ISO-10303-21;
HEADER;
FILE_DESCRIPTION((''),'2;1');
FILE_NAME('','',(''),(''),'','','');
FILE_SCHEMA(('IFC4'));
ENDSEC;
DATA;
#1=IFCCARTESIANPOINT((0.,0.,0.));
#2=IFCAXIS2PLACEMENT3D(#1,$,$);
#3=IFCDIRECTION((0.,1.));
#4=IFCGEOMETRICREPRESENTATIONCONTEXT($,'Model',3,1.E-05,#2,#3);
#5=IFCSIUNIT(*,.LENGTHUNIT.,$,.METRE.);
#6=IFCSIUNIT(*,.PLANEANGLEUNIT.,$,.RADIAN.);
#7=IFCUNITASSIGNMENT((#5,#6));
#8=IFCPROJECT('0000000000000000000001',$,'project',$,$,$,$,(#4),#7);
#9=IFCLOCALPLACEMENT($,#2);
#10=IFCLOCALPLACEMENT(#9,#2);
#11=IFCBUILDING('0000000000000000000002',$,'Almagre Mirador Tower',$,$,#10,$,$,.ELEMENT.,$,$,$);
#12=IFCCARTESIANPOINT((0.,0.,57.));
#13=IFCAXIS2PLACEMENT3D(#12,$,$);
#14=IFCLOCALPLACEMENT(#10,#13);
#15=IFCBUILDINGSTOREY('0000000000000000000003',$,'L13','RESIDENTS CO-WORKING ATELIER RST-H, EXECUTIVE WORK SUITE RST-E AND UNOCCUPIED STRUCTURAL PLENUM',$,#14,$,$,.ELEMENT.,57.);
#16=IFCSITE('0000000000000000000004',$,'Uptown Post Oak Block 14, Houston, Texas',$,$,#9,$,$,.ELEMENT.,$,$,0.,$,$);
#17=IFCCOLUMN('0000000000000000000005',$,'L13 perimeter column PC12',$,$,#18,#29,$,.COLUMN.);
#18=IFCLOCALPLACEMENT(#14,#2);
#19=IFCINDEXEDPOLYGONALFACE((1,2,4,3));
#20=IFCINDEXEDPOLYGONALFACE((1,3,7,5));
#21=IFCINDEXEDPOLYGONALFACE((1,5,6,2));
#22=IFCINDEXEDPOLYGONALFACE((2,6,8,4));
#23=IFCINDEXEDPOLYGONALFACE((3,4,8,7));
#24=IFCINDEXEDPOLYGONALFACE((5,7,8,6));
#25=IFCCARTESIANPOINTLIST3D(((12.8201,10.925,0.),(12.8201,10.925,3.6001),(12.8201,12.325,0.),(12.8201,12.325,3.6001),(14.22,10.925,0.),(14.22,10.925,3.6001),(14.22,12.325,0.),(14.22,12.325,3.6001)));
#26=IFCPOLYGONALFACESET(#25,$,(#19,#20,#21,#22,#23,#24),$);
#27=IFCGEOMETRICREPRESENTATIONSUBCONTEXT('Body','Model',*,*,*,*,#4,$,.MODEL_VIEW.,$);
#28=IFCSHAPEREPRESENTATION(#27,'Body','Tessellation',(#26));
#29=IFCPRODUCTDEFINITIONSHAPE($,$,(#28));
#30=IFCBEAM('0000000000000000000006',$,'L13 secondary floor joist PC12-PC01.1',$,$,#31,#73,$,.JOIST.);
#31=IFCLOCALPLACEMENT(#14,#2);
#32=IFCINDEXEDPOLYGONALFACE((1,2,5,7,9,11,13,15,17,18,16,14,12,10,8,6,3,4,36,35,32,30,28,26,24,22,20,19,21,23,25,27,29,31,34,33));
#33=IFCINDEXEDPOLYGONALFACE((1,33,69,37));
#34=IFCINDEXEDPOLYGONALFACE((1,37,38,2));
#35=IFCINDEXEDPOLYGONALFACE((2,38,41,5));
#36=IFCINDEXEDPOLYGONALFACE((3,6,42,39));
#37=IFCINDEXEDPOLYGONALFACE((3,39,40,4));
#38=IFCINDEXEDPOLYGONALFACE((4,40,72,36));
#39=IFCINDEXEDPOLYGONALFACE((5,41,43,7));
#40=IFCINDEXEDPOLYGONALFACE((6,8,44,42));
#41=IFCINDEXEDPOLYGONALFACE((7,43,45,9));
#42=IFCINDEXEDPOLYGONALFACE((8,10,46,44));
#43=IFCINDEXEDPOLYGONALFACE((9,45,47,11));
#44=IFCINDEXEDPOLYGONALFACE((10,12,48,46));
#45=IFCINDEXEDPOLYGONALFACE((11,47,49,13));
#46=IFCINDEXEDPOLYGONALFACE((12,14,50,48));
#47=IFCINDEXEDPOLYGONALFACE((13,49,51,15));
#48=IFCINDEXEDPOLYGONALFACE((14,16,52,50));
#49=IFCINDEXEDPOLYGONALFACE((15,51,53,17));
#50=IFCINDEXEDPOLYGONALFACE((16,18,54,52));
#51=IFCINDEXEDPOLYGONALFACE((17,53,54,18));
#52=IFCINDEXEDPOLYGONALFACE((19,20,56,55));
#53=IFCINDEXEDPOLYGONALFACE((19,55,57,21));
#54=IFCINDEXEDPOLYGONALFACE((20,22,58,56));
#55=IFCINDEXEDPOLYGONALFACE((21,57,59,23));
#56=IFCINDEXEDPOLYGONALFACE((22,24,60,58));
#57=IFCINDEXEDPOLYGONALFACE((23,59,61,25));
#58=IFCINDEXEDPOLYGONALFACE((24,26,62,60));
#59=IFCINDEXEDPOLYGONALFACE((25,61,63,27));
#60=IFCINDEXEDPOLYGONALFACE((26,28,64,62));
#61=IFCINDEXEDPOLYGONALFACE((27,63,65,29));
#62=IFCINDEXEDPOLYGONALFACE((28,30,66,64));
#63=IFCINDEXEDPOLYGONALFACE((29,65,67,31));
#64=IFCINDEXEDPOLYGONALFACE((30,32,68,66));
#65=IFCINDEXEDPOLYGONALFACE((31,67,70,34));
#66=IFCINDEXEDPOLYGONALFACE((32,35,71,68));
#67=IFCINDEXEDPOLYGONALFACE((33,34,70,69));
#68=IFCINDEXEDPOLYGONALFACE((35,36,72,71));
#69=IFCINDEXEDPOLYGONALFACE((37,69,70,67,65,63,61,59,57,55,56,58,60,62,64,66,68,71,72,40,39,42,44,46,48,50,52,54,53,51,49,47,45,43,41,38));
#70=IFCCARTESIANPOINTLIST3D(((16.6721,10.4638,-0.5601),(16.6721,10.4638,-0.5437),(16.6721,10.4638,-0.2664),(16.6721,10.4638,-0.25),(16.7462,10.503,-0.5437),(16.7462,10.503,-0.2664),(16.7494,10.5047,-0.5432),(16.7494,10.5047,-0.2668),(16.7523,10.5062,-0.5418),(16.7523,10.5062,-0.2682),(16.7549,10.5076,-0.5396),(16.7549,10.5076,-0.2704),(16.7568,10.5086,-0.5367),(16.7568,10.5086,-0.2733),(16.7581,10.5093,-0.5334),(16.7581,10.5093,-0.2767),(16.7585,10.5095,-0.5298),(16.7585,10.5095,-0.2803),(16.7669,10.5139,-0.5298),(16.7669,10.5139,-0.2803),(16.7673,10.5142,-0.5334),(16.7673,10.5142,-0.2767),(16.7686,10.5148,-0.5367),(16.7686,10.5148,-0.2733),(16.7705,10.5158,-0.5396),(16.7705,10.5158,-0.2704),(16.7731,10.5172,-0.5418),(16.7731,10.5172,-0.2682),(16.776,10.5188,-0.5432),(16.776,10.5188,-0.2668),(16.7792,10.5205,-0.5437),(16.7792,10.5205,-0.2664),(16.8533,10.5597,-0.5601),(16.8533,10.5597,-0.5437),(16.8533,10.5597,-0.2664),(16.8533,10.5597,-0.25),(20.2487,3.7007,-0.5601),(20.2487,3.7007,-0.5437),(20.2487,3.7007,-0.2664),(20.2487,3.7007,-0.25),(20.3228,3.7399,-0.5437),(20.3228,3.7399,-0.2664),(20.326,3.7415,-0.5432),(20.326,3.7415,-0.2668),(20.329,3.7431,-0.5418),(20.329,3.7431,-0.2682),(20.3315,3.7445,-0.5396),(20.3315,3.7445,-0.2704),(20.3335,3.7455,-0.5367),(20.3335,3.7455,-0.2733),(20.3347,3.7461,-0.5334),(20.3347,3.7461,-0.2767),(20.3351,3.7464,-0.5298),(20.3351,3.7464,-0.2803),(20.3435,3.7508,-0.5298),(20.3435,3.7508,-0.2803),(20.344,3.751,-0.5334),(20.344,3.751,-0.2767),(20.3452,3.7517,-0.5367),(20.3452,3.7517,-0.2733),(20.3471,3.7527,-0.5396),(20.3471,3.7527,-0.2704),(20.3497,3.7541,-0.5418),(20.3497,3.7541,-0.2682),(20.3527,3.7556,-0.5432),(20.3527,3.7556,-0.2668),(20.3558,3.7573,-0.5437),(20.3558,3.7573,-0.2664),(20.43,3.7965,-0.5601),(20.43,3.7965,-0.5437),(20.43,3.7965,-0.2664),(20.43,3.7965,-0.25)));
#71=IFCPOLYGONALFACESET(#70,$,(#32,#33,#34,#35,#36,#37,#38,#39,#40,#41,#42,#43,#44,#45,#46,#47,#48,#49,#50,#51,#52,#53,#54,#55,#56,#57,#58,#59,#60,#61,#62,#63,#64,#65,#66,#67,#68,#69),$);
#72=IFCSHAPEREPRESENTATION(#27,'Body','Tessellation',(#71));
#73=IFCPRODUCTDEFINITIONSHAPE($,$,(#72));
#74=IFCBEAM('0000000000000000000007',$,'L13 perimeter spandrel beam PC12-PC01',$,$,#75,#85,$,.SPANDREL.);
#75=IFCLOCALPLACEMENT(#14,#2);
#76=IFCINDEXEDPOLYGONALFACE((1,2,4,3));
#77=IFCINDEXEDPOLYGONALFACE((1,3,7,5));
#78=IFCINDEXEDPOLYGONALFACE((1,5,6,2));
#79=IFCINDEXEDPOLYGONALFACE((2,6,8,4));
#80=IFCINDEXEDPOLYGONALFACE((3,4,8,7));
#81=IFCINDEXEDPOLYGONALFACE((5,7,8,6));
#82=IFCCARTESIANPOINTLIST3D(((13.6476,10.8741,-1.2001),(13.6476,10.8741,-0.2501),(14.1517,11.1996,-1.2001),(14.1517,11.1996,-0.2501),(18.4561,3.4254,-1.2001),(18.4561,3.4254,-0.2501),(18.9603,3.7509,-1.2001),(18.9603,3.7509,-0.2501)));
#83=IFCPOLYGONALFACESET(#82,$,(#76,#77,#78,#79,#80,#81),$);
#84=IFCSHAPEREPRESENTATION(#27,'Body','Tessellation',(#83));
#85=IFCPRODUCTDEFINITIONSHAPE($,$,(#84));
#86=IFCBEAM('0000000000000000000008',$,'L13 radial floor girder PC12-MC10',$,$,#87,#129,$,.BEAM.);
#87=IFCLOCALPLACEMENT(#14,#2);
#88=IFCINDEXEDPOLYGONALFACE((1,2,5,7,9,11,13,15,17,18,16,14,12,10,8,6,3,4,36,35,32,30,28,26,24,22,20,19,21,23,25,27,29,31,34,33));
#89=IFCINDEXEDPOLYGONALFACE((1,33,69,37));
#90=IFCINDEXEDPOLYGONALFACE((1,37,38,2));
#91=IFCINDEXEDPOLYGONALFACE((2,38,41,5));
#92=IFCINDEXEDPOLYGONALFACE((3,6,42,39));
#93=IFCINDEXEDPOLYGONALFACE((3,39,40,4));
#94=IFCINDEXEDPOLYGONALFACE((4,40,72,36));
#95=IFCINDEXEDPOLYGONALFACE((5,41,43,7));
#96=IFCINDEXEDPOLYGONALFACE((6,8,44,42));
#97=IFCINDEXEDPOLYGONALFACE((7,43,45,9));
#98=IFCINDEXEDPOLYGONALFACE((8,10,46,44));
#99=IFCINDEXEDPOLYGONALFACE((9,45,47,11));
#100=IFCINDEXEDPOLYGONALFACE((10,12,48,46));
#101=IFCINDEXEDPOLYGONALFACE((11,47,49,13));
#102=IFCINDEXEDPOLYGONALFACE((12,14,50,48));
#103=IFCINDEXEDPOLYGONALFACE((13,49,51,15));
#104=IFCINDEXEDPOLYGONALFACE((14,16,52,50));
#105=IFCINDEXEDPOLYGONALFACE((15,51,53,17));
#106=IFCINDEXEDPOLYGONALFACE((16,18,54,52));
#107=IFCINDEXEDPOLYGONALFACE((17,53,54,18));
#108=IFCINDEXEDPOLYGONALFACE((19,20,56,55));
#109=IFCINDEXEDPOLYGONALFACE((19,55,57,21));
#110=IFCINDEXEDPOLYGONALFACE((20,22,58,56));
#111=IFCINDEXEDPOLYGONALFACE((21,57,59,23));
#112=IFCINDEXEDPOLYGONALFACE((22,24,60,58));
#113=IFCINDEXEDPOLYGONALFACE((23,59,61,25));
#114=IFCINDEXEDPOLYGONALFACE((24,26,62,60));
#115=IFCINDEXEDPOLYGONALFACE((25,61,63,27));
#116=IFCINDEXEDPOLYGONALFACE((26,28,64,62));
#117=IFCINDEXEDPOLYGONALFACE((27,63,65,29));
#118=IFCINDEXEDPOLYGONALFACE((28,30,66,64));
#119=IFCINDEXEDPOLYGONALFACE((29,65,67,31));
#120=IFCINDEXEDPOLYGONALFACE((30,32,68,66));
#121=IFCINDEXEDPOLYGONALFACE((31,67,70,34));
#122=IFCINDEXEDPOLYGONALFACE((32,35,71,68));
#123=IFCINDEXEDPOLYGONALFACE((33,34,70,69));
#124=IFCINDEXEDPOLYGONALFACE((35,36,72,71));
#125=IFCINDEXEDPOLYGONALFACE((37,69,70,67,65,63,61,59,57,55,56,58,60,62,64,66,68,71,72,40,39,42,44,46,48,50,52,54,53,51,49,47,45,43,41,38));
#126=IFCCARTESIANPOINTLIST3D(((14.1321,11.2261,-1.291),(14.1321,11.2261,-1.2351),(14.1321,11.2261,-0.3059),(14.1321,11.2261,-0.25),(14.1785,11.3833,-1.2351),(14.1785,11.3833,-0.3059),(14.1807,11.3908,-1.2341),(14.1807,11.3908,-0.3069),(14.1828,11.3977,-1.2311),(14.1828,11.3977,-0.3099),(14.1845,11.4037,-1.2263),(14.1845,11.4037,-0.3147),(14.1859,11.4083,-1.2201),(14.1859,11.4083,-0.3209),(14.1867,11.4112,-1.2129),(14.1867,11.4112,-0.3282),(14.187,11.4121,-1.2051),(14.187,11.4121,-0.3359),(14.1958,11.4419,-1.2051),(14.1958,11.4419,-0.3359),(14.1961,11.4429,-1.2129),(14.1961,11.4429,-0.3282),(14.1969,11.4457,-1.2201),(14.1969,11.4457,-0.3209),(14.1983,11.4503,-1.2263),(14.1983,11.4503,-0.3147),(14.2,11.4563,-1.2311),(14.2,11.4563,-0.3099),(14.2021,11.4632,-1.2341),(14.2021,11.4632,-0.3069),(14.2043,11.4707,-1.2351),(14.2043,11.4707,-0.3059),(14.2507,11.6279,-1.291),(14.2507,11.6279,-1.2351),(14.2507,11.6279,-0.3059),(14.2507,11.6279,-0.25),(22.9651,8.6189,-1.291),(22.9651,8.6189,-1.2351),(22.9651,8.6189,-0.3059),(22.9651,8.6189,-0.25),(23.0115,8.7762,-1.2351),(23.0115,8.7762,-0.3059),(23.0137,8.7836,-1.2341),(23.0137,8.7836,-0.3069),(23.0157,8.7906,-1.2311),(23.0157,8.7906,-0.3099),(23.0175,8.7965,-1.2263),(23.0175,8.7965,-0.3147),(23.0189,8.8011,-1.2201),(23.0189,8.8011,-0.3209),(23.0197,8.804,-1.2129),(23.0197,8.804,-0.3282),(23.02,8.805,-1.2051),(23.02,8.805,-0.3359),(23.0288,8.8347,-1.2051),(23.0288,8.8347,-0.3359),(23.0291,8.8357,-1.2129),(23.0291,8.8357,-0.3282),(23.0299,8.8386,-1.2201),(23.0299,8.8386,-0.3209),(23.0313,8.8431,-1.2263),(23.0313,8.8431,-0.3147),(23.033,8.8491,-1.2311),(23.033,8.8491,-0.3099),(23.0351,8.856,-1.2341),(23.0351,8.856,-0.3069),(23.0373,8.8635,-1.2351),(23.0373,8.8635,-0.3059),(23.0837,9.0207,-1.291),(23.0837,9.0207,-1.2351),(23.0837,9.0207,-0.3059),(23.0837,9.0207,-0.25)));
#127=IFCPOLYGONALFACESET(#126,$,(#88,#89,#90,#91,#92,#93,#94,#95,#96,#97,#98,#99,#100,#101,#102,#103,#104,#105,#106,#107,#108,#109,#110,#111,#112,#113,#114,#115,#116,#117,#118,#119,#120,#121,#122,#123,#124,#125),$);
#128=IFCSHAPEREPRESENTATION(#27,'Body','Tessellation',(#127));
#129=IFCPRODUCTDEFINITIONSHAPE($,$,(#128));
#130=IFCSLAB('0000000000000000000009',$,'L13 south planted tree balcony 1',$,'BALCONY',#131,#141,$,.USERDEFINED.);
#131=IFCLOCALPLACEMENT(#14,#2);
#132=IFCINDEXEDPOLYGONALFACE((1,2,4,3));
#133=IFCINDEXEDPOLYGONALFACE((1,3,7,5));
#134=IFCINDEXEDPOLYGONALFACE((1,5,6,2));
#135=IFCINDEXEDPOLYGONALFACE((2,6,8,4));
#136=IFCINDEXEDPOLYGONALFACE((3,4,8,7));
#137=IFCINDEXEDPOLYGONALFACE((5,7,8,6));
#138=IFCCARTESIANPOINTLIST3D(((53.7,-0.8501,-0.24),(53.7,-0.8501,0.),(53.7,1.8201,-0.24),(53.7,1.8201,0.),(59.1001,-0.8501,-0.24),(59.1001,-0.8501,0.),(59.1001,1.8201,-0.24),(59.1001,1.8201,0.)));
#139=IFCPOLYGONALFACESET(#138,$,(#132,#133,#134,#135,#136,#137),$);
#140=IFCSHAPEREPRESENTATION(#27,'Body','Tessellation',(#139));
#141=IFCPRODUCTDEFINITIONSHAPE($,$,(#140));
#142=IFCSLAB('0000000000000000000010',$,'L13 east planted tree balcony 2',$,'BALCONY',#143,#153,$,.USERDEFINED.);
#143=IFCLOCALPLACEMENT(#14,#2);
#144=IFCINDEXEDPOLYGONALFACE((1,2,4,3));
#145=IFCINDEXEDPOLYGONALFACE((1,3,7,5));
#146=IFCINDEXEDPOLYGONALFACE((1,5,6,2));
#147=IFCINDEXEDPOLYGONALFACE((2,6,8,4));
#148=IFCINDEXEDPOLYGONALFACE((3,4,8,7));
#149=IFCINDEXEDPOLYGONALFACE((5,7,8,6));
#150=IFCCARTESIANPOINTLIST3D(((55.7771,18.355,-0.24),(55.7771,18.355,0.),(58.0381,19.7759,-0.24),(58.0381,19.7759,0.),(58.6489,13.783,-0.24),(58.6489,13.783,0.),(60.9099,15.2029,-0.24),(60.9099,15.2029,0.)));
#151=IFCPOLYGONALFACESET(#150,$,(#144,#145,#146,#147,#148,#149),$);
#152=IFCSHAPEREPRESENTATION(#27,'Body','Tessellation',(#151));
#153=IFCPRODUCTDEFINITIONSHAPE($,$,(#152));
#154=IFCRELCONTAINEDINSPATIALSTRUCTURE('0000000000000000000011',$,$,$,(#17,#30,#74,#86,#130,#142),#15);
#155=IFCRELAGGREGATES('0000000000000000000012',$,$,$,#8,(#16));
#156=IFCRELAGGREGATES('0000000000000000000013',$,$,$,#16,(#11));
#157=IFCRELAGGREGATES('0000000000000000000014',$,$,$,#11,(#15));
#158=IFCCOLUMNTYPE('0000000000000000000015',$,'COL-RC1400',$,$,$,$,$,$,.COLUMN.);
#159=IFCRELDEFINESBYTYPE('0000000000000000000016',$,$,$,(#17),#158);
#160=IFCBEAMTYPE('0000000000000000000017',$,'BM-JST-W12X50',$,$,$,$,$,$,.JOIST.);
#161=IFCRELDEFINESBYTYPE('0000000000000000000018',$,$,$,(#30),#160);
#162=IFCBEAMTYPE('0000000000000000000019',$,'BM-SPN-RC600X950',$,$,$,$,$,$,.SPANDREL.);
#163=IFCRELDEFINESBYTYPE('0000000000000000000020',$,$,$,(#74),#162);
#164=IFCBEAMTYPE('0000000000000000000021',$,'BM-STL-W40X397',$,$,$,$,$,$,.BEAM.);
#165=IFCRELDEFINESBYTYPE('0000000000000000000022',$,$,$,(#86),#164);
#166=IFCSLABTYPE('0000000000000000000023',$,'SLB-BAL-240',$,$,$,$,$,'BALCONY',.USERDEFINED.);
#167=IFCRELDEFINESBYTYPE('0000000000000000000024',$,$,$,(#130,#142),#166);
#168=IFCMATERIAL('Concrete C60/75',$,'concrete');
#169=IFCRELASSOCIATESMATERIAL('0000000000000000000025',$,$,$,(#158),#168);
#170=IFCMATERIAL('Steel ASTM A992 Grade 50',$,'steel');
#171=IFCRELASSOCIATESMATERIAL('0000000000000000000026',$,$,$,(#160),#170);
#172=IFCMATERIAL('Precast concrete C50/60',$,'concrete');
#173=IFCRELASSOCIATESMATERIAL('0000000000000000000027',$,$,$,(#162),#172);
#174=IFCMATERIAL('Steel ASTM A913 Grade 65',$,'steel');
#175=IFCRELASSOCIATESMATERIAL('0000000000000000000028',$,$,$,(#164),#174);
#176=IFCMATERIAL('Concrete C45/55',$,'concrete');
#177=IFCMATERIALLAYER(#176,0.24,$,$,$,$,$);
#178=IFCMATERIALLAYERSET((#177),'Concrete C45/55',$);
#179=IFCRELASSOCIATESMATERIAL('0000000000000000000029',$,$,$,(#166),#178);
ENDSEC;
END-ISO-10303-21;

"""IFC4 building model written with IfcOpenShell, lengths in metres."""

from ifc_helpers import new_model, si_unit, direction, frame, origin, origin_2d, place, context, subcontext, project, spatial, polyline, rectangle, i_section, outline, extrude, material, layer, layer_set, material_profile, profile_set, type_object, element, save


model = new_model("IFC4")

# Units and contexts
model_context = context("Model", 3, precision=1e-05, world=origin(), true_north=direction((0.0, 1.0)))
body_context = subcontext(model_context, "Body", "Model", "MODEL_VIEW")
ifc_project = project(units=[si_unit("LENGTHUNIT", "METRE"), si_unit("PLANEANGLEUNIT", "RADIAN")], contexts=[model_context])

# Site, building, storey
site_placement = place(None, origin())
site = spatial("IfcSite", under=ifc_project, at=site_placement, Name="Uptown Post Oak Block 14, Houston, Texas", CompositionType="ELEMENT", RefElevation=0.0)
building_placement = place(site_placement, origin())
building = spatial("IfcBuilding", under=site, at=building_placement, Name="Almagre Mirador Tower", CompositionType="ELEMENT")
storey_placement = place(building_placement, frame((0.0, 0.0, 57.0)))
storey = spatial("IfcBuildingStorey", under=building, at=storey_placement, Name="L13", Description="RESIDENTS CO-WORKING ATELIER RST-H, EXECUTIVE WORK SUITE RST-E AND UNOCCUPIED STRUCTURAL PLENUM", CompositionType="ELEMENT", Elevation=57.0)

# Column
ifc_material_1 = material(Name="Concrete C60/75", Category="concrete")
ifc_material_profile_1 = material_profile(ifc_material_1, rectangle(XDim=1.3999, YDim=1.3999, at=origin_2d()), Name="RC1400X1400")
ifc_profile_set_1 = profile_set([ifc_material_profile_1], Name="Concrete C60/75")
column_type = type_object("IfcColumnType", Name="COL-RC1400", PredefinedType="COLUMN", material=ifc_profile_set_1)
column_placement = place(storey_placement, frame((13.52, 11.625, 0.0), z_axis=(0.0, 0.0, 1.0), x_axis=(1.0, 0.0, 0.0)))
element("IfcColumn", 1, at=column_placement, inside=storey, type_object=column_type, Name="L13 perimeter column PC12", PredefinedType="COLUMN", context=body_context, shape_type="SweptSolid", body=[
    extrude(rectangle(XDim=1.3999, YDim=1.3999, at=origin_2d()), origin(), (0.0, 0.0, 1.0), 3.6001),
])

# Beams
ifc_material_2 = material(Name="Steel ASTM A992 Grade 50", Category="steel")
ifc_material_profile_2 = material_profile(ifc_material_2, i_section(OverallWidth=0.2051, OverallDepth=0.3101, WebThickness=0.0095, FlangeThickness=0.0164, FilletRadius=0.0139, at=origin_2d()), Name="W12X50")
ifc_profile_set_2 = profile_set([ifc_material_profile_2], Name="Steel ASTM A992 Grade 50")
beam_type_1 = type_object("IfcBeamType", Name="BM-JST-W12X50", PredefinedType="JOIST", material=ifc_profile_set_2)
beam_1_placement = place(storey_placement, frame((16.7627, 10.5117, -0.405), z_axis=(0.467495, -0.883996, 0.0), x_axis=(0.883996, 0.467495, 0.0)))
element("IfcBeam", 2, at=beam_1_placement, inside=storey, type_object=beam_type_1, Name="L13 secondary floor joist PC12-PC01.1", PredefinedType="JOIST", context=body_context, shape_type="SweptSolid", body=[
    extrude(i_section(OverallWidth=0.2051, OverallDepth=0.3101, WebThickness=0.0095, FlangeThickness=0.0164, FilletRadius=0.0139, at=origin_2d()), origin(), (0.0, 0.0, 1.0), 7.6506),
])
ifc_material_3 = material(Name="Precast concrete C50/60", Category="concrete")
ifc_material_profile_3 = material_profile(ifc_material_3, rectangle(XDim=0.6001, YDim=0.95, at=origin_2d()), Name="RC600X950")
ifc_profile_set_3 = profile_set([ifc_material_profile_3], Name="Precast concrete C50/60")
beam_type_2 = type_object("IfcBeamType", Name="BM-SPN-RC600X950", PredefinedType="SPANDREL", material=ifc_profile_set_3)
beam_2_placement = place(storey_placement, frame((13.8997, 11.0369, -0.7251), z_axis=(0.542363, -0.840144, 0.0), x_axis=(0.840144, 0.542363, 0.0)))
element("IfcBeam", 3, at=beam_2_placement, inside=storey, type_object=beam_type_2, Name="L13 perimeter spandrel beam PC12-PC01", PredefinedType="SPANDREL", context=body_context, shape_type="SweptSolid", body=[
    extrude(rectangle(XDim=0.6001, YDim=0.95, at=origin_2d()), origin(), (0.0, 0.0, 1.0), 8.866),
])
ifc_material_4 = material(Name="Steel ASTM A913 Grade 65", Category="steel")
ifc_material_profile_4 = material_profile(ifc_material_4, i_section(OverallWidth=0.4189, OverallDepth=1.041, WebThickness=0.031, FlangeThickness=0.0559, FilletRadius=0.03, at=origin_2d()), Name="W40X397")
ifc_profile_set_4 = profile_set([ifc_material_profile_4], Name="Steel ASTM A913 Grade 65")
beam_type_3 = type_object("IfcBeamType", Name="BM-STL-W40X397", PredefinedType="BEAM", material=ifc_profile_set_4)
beam_3_placement = place(storey_placement, frame((14.1914, 11.427, -0.7705), z_axis=(0.959094, -0.283089, 0.0), x_axis=(0.283089, 0.959094, 0.0)))
element("IfcBeam", 4, at=beam_3_placement, inside=storey, type_object=beam_type_3, Name="L13 radial floor girder PC12-MC10", PredefinedType="BEAM", context=body_context, shape_type="SweptSolid", body=[
    extrude(i_section(OverallWidth=0.4189, OverallDepth=1.041, WebThickness=0.031, FlangeThickness=0.0559, FilletRadius=0.03, at=origin_2d()), origin(), (0.0, 0.0, 1.0), 9.2097),
])

# Slabs
ifc_material_5 = material(Name="Concrete C45/55", Category="concrete")
ifc_layer_1 = layer(ifc_material_5, 0.24)
ifc_layer_set_1 = layer_set([ifc_layer_1], Name="Concrete C45/55")
slab_type_1 = type_object("IfcSlabType", Name="SLB-BAL-240", ElementType="BALCONY", PredefinedType="USERDEFINED", material=ifc_layer_set_1)
slab_1_placement = place(storey_placement, frame((0.0, 0.0, -0.24)))
element("IfcSlab", 5, at=slab_1_placement, inside=storey, type_object=slab_type_1, Name="L13 south planted tree balcony 1", ObjectType="BALCONY", PredefinedType="USERDEFINED", context=body_context, shape_type="SweptSolid", body=[
    extrude(outline(polyline([(53.7, 1.8201), (59.1001, 1.8201), (59.1001, -0.8501), (53.7, -0.8501), (53.7, 1.8201)])), origin(), (0.0, 0.0, 1.0), 0.24),
])
slab_2_placement = place(storey_placement, frame((0.0, 0.0, -0.24)))
element("IfcSlab", 6, at=slab_2_placement, inside=storey, type_object=slab_type_1, Name="L13 east planted tree balcony 2", ObjectType="BALCONY", PredefinedType="USERDEFINED", context=body_context, shape_type="SweptSolid", body=[
    extrude(outline(polyline([(58.6489, 13.783), (55.7771, 18.355), (58.0381, 19.7759), (60.9099, 15.2029), (58.6489, 13.783)])), origin(), (0.0, 0.0, 1.0), 0.24),
])

save(model, "model.ifc")
